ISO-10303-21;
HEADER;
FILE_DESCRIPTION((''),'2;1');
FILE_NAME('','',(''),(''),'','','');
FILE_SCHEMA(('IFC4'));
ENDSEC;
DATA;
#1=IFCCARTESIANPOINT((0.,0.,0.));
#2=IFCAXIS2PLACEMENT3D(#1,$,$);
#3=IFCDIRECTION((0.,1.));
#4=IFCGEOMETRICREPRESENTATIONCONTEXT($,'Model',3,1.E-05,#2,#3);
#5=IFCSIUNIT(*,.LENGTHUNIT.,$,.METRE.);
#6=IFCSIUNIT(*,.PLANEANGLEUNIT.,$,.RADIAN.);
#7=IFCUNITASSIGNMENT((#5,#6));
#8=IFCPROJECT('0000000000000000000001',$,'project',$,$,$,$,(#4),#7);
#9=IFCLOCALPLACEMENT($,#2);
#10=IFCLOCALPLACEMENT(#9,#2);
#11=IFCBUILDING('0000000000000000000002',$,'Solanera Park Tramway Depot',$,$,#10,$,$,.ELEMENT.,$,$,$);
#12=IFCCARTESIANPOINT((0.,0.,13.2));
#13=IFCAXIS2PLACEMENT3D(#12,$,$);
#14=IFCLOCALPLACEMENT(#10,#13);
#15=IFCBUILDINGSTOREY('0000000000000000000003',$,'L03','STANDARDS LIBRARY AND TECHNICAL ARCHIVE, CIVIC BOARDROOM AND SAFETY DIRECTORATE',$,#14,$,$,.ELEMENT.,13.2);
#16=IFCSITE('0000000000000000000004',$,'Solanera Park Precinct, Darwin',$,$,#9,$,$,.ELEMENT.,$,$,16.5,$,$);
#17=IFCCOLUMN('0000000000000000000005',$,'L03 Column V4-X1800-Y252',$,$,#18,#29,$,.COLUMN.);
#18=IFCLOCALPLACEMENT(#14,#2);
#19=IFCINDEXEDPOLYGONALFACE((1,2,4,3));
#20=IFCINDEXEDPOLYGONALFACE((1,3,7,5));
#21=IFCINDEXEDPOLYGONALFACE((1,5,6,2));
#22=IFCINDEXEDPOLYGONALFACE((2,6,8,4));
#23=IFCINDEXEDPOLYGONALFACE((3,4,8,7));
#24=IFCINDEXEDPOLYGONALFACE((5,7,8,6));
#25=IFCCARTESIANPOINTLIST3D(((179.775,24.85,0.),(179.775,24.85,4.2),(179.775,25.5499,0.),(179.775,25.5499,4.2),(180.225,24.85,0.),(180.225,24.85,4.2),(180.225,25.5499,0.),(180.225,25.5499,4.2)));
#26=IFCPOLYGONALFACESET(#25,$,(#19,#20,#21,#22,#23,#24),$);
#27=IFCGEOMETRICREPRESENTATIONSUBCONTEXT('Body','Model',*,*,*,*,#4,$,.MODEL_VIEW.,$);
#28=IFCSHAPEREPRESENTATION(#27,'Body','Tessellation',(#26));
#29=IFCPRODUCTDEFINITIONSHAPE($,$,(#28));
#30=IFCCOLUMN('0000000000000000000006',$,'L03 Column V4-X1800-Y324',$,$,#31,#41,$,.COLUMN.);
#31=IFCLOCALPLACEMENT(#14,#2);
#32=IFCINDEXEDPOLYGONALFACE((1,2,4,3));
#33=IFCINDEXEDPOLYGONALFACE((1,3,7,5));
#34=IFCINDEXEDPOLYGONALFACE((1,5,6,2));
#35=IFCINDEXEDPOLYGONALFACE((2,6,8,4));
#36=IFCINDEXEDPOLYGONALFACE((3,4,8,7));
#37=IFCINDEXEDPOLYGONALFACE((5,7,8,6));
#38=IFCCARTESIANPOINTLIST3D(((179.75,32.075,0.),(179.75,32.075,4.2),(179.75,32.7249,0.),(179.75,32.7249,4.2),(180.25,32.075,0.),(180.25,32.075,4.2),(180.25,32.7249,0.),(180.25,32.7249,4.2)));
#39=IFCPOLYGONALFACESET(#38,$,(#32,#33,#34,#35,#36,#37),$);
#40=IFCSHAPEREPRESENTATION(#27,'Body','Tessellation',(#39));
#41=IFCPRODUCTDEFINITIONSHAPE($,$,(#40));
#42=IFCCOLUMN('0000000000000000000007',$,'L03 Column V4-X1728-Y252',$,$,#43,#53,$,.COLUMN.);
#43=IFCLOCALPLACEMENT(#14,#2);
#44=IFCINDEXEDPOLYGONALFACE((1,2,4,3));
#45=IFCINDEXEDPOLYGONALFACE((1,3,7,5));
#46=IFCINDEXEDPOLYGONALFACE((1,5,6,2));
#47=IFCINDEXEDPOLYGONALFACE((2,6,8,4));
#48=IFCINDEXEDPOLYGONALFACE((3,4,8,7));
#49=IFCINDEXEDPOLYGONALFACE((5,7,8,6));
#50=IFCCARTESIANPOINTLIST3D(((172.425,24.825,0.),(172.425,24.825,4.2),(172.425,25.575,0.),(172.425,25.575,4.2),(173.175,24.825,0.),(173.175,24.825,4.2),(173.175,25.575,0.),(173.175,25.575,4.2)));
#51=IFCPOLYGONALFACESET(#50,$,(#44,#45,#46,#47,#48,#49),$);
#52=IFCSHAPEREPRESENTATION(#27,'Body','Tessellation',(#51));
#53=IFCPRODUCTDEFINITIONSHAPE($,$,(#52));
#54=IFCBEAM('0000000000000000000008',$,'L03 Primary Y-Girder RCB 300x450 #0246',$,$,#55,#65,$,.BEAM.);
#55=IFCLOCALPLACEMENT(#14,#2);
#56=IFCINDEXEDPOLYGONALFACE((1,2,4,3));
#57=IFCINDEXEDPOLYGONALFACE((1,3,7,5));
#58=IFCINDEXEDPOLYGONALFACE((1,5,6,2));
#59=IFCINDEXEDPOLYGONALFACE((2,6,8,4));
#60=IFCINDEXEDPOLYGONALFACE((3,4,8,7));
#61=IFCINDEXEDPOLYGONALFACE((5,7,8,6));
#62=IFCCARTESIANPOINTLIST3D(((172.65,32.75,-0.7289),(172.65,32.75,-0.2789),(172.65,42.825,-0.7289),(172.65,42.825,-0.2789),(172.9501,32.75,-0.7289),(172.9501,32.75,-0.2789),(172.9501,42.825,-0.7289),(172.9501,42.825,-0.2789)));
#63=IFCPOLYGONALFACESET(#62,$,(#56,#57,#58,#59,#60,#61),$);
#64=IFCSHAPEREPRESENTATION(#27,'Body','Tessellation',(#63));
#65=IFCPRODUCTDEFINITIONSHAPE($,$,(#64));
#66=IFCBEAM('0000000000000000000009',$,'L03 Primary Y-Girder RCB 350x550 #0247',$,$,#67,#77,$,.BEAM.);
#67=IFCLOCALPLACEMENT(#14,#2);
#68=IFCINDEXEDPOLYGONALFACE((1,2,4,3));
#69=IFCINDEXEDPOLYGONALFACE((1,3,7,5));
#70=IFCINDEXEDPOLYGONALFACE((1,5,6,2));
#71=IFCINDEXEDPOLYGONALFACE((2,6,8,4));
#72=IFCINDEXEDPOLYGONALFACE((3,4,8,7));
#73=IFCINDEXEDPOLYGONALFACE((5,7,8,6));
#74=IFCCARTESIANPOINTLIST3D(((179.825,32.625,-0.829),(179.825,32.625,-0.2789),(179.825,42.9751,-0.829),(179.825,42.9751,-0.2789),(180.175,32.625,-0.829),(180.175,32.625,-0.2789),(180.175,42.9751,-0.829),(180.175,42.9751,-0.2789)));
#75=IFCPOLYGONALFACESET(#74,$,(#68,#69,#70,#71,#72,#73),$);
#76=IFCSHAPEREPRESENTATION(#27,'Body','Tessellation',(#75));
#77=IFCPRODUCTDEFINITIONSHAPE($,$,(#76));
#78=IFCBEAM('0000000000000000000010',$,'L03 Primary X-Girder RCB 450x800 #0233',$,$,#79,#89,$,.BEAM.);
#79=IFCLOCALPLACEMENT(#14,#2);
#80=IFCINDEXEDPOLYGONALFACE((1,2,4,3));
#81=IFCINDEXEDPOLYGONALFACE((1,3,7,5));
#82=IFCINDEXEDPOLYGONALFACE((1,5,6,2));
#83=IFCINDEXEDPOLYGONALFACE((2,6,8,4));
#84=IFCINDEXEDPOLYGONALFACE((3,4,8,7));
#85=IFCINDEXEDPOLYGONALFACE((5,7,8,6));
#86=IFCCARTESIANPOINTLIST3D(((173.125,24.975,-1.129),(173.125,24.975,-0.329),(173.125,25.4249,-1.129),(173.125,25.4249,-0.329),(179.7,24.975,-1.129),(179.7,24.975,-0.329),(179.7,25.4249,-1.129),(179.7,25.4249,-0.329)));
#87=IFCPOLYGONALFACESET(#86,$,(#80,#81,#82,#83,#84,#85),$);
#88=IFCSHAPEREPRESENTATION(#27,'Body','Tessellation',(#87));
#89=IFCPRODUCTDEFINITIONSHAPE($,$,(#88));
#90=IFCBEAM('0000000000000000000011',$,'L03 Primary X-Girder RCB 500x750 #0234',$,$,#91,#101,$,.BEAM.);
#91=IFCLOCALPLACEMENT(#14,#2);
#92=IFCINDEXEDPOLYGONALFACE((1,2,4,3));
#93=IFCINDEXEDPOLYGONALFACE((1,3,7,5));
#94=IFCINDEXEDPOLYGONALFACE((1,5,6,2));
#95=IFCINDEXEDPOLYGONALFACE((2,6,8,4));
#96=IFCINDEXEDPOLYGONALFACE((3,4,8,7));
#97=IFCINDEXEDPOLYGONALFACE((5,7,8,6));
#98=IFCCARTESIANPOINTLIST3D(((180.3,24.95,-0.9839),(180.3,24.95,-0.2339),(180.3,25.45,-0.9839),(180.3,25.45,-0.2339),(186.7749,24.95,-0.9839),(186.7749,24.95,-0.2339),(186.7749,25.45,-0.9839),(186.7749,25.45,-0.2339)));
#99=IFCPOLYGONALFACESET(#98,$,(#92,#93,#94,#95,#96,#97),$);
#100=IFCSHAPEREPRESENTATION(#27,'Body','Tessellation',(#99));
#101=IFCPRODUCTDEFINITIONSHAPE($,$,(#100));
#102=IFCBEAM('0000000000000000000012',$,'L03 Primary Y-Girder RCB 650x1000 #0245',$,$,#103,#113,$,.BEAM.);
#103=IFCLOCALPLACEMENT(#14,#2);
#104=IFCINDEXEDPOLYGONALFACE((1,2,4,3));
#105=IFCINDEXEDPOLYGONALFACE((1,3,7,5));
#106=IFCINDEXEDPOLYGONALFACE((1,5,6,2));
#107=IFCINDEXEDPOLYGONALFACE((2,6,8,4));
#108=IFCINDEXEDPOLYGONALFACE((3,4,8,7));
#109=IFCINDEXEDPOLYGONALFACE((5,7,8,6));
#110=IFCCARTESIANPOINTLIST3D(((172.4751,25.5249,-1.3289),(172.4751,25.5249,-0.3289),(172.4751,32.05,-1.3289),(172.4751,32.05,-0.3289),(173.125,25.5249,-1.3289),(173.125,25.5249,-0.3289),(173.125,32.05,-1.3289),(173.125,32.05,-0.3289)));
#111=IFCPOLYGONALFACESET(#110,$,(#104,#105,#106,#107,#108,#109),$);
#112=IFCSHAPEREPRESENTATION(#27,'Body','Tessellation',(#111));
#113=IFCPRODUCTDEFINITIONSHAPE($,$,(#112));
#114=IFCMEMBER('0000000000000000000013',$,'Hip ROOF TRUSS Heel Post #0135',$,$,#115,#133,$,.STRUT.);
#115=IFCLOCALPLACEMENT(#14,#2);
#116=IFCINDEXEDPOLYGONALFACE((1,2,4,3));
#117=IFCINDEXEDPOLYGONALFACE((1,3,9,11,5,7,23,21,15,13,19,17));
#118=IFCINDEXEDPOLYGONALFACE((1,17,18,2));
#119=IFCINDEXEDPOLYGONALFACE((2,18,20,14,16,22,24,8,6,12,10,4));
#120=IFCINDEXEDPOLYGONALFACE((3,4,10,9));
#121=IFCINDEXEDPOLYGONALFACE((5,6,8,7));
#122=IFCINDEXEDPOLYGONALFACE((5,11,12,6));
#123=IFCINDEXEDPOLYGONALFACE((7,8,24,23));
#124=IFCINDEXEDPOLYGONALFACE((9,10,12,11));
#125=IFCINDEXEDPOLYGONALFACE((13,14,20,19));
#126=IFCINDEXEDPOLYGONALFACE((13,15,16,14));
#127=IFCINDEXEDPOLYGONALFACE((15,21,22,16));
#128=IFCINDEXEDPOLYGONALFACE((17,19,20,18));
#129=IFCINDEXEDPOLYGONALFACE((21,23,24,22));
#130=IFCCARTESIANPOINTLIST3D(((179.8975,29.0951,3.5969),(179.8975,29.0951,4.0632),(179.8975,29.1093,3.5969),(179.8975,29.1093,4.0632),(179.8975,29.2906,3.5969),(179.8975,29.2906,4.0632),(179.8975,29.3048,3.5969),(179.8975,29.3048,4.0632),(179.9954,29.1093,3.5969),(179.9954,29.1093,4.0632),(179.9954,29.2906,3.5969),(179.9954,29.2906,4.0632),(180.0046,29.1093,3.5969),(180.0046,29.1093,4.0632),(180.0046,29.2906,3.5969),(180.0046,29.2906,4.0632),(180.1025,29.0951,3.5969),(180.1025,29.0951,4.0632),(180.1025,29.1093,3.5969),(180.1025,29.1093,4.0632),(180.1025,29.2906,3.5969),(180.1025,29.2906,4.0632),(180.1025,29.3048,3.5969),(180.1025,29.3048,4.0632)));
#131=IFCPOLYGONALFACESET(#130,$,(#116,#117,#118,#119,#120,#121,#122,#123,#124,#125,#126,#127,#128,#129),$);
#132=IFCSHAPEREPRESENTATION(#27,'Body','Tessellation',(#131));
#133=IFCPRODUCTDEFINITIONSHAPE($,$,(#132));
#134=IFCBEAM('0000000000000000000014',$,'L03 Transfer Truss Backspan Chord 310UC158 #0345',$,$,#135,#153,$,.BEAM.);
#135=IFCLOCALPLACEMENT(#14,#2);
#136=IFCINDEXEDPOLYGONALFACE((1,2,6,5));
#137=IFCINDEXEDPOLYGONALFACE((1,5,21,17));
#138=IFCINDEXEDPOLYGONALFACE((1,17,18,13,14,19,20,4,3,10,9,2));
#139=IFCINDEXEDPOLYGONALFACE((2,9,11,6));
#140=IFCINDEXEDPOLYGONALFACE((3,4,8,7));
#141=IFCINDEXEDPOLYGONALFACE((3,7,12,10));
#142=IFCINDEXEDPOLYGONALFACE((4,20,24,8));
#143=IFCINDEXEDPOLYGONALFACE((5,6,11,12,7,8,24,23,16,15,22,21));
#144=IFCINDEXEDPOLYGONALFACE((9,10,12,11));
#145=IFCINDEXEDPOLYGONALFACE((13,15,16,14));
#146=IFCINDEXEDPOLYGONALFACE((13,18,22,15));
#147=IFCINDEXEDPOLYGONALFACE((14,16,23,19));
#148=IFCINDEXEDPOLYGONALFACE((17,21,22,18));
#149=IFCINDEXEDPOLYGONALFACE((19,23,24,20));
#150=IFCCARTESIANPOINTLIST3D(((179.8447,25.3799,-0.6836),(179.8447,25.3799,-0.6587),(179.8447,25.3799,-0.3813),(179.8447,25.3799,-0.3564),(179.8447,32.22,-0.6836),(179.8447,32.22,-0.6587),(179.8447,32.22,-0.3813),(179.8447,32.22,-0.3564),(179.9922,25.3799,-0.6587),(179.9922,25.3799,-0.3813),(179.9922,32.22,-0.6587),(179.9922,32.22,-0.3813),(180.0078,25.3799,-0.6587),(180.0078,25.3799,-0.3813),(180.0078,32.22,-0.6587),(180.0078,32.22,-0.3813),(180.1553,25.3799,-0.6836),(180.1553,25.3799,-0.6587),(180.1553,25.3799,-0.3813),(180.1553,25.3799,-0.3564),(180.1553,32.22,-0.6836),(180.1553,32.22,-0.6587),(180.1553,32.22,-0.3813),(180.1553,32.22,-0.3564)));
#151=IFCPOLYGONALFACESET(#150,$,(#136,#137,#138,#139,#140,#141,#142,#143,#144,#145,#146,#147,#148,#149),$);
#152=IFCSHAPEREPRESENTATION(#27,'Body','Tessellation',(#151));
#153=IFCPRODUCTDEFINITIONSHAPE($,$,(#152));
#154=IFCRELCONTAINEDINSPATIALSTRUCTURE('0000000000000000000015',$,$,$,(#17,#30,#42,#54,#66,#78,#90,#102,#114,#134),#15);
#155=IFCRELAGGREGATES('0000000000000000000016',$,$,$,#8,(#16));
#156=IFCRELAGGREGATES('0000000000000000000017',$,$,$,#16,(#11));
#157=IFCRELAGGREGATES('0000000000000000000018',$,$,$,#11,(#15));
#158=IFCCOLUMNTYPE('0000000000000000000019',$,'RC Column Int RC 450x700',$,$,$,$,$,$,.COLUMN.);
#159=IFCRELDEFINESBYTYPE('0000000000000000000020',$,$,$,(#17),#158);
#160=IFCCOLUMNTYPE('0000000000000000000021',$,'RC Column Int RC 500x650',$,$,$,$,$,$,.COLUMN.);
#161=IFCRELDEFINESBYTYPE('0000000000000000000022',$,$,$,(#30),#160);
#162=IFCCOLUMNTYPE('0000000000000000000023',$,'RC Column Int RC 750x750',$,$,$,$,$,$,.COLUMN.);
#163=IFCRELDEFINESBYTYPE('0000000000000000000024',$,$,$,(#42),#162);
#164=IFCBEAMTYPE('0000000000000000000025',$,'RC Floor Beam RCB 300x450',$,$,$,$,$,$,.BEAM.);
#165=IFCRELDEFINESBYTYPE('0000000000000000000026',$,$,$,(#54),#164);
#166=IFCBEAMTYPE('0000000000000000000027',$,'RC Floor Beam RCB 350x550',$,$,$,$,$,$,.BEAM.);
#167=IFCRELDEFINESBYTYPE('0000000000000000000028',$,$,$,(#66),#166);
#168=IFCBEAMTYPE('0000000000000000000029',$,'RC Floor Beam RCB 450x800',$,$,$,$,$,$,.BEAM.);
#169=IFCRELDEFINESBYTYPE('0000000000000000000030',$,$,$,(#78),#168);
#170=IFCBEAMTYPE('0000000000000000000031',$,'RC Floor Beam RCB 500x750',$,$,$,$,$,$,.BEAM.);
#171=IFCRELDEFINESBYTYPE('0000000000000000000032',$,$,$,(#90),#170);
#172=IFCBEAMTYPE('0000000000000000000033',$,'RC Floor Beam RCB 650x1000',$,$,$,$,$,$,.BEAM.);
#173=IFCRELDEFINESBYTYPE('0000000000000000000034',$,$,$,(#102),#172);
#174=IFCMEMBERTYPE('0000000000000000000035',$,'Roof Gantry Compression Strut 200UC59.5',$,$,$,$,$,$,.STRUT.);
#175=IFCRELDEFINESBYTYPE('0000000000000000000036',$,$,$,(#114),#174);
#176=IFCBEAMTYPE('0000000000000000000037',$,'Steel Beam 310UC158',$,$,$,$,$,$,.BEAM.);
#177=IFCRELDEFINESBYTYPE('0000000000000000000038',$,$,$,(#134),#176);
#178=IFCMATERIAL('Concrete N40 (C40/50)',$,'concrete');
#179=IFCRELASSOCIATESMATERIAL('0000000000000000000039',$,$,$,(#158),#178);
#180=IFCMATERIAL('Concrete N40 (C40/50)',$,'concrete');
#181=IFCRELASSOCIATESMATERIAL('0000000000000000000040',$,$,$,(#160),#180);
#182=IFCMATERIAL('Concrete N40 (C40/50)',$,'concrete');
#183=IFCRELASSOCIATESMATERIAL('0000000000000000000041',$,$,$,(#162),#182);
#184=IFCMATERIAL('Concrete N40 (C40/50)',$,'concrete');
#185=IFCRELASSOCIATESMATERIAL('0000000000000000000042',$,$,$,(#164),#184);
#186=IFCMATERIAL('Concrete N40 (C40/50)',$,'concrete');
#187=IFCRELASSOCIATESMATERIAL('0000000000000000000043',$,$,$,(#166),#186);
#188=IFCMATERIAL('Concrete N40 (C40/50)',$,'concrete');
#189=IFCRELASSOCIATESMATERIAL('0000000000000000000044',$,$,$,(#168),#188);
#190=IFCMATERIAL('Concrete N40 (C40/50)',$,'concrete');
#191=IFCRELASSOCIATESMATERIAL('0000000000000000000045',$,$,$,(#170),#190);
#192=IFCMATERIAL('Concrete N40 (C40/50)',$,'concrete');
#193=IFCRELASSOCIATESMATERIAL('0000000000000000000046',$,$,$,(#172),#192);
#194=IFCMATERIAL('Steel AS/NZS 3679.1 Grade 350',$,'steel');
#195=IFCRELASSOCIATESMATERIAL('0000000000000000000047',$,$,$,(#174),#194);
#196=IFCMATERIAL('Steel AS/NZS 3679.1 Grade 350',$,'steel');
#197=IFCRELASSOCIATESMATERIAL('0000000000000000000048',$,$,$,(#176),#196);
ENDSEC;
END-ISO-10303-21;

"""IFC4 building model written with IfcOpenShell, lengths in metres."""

from ifc_helpers import new_model, si_unit, direction, frame, origin, origin_2d, place, context, subcontext, project, spatial, rectangle, i_section, extrude, material, material_profile, profile_set, type_object, element, save


model = new_model("IFC4")

# Units and contexts
model_context = context("Model", 3, precision=1e-05, world=origin(), true_north=direction((0.0, 1.0)))
body_context = subcontext(model_context, "Body", "Model", "MODEL_VIEW")
ifc_project = project(units=[si_unit("LENGTHUNIT", "METRE"), si_unit("PLANEANGLEUNIT", "RADIAN")], contexts=[model_context])

# Site, building, storey
site_placement = place(None, origin())
site = spatial("IfcSite", under=ifc_project, at=site_placement, Name="Solanera Park Precinct, Darwin", CompositionType="ELEMENT", RefElevation=16.5)
building_placement = place(site_placement, origin())
building = spatial("IfcBuilding", under=site, at=building_placement, Name="Solanera Park Tramway Depot", CompositionType="ELEMENT")
storey_placement = place(building_placement, frame((0.0, 0.0, 13.2)))
storey = spatial("IfcBuildingStorey", under=building, at=storey_placement, Name="L03", Description="STANDARDS LIBRARY AND TECHNICAL ARCHIVE, CIVIC BOARDROOM AND SAFETY DIRECTORATE", CompositionType="ELEMENT", Elevation=13.2)

# Columns
ifc_material_1 = material(Name="Concrete N40 (C40/50)", Category="concrete")
ifc_material_profile_1 = material_profile(ifc_material_1, rectangle(XDim=0.45, YDim=0.7, at=origin_2d()), Name="RC 450x700")
ifc_profile_set_1 = profile_set([ifc_material_profile_1], Name="Concrete N40 (C40/50)")
column_type_1 = type_object("IfcColumnType", Name="RC Column Int RC 450x700", PredefinedType="COLUMN", material=ifc_profile_set_1)
column_1_placement = place(storey_placement, frame((180.0, 25.2, 0.0), z_axis=(0.0, 0.0, 1.0), x_axis=(1.0, 0.0, 0.0)))
element("IfcColumn", 1, at=column_1_placement, inside=storey, type_object=column_type_1, Name="L03 Column V4-X1800-Y252", PredefinedType="COLUMN", context=body_context, shape_type="SweptSolid", body=[
    extrude(rectangle(XDim=0.45, YDim=0.7, at=origin_2d()), origin(), (0.0, 0.0, 1.0), 4.2),
])
ifc_material_2 = material(Name="Concrete N40 (C40/50)", Category="concrete")
ifc_material_profile_2 = material_profile(ifc_material_2, rectangle(XDim=0.5, YDim=0.6499, at=origin_2d()), Name="RC 500x650")
ifc_profile_set_2 = profile_set([ifc_material_profile_2], Name="Concrete N40 (C40/50)")
column_type_2 = type_object("IfcColumnType", Name="RC Column Int RC 500x650", PredefinedType="COLUMN", material=ifc_profile_set_2)
column_2_placement = place(storey_placement, frame((180.0, 32.3999, 0.0), z_axis=(0.0, 0.0, 1.0), x_axis=(1.0, 0.0, 0.0)))
element("IfcColumn", 2, at=column_2_placement, inside=storey, type_object=column_type_2, Name="L03 Column V4-X1800-Y324", PredefinedType="COLUMN", context=body_context, shape_type="SweptSolid", body=[
    extrude(rectangle(XDim=0.5, YDim=0.6499, at=origin_2d()), origin(), (0.0, 0.0, 1.0), 4.2),
])
ifc_material_3 = material(Name="Concrete N40 (C40/50)", Category="concrete")
ifc_material_profile_3 = material_profile(ifc_material_3, rectangle(XDim=0.75, YDim=0.75, at=origin_2d()), Name="RC 750x750")
ifc_profile_set_3 = profile_set([ifc_material_profile_3], Name="Concrete N40 (C40/50)")
column_type_3 = type_object("IfcColumnType", Name="RC Column Int RC 750x750", PredefinedType="COLUMN", material=ifc_profile_set_3)
column_3_placement = place(storey_placement, frame((172.8, 25.2, 0.0), z_axis=(0.0, 0.0, 1.0), x_axis=(1.0, 0.0, 0.0)))
element("IfcColumn", 3, at=column_3_placement, inside=storey, type_object=column_type_3, Name="L03 Column V4-X1728-Y252", PredefinedType="COLUMN", context=body_context, shape_type="SweptSolid", body=[
    extrude(rectangle(XDim=0.75, YDim=0.75, at=origin_2d()), origin(), (0.0, 0.0, 1.0), 4.2),
])

# Beams
ifc_material_4 = material(Name="Concrete N40 (C40/50)", Category="concrete")
ifc_material_profile_4 = material_profile(ifc_material_4, rectangle(XDim=0.3, YDim=0.45, at=origin_2d()), Name="RCB 300x450")
ifc_profile_set_4 = profile_set([ifc_material_profile_4], Name="Concrete N40 (C40/50)")
beam_type_1 = type_object("IfcBeamType", Name="RC Floor Beam RCB 300x450", PredefinedType="BEAM", material=ifc_profile_set_4)
beam_1_placement = place(storey_placement, frame((172.8, 32.75, -0.5039), z_axis=(0.0, 1.0, 0.0), x_axis=(-1.0, 0.0, 0.0)))
element("IfcBeam", 4, at=beam_1_placement, inside=storey, type_object=beam_type_1, Name="L03 Primary Y-Girder RCB 300x450 #0246", PredefinedType="BEAM", context=body_context, shape_type="SweptSolid", body=[
    extrude(rectangle(XDim=0.3, YDim=0.45, at=origin_2d()), origin(), (0.0, 0.0, 1.0), 10.075),
])
ifc_material_5 = material(Name="Concrete N40 (C40/50)", Category="concrete")
ifc_material_profile_5 = material_profile(ifc_material_5, rectangle(XDim=0.3501, YDim=0.55, at=origin_2d()), Name="RCB 350x550")
ifc_profile_set_5 = profile_set([ifc_material_profile_5], Name="Concrete N40 (C40/50)")
beam_type_2 = type_object("IfcBeamType", Name="RC Floor Beam RCB 350x550", PredefinedType="BEAM", material=ifc_profile_set_5)
beam_2_placement = place(storey_placement, frame((180.0, 32.625, -0.554), z_axis=(0.0, 1.0, 0.0), x_axis=(-1.0, 0.0, 0.0)))
element("IfcBeam", 5, at=beam_2_placement, inside=storey, type_object=beam_type_2, Name="L03 Primary Y-Girder RCB 350x550 #0247", PredefinedType="BEAM", context=body_context, shape_type="SweptSolid", body=[
    extrude(rectangle(XDim=0.3501, YDim=0.55, at=origin_2d()), origin(), (0.0, 0.0, 1.0), 10.3501),
])
ifc_material_6 = material(Name="Concrete N40 (C40/50)", Category="concrete")
ifc_material_profile_6 = material_profile(ifc_material_6, rectangle(XDim=0.45, YDim=0.8, at=origin_2d()), Name="RCB 450x800")
ifc_profile_set_6 = profile_set([ifc_material_profile_6], Name="Concrete N40 (C40/50)")
beam_type_3 = type_object("IfcBeamType", Name="RC Floor Beam RCB 450x800", PredefinedType="BEAM", material=ifc_profile_set_6)
beam_3_placement = place(storey_placement, frame((173.125, 25.2, -0.729), z_axis=(1.0, 0.0, 0.0), x_axis=(0.0, 1.0, 0.0)))
element("IfcBeam", 6, at=beam_3_placement, inside=storey, type_object=beam_type_3, Name="L03 Primary X-Girder RCB 450x800 #0233", PredefinedType="BEAM", context=body_context, shape_type="SweptSolid", body=[
    extrude(rectangle(XDim=0.45, YDim=0.8, at=origin_2d()), origin(), (0.0, 0.0, 1.0), 6.575),
])
ifc_material_7 = material(Name="Concrete N40 (C40/50)", Category="concrete")
ifc_material_profile_7 = material_profile(ifc_material_7, rectangle(XDim=0.5, YDim=0.75, at=origin_2d()), Name="RCB 500x750")
ifc_profile_set_7 = profile_set([ifc_material_profile_7], Name="Concrete N40 (C40/50)")
beam_type_4 = type_object("IfcBeamType", Name="RC Floor Beam RCB 500x750", PredefinedType="BEAM", material=ifc_profile_set_7)
beam_4_placement = place(storey_placement, frame((180.3, 25.2, -0.6089), z_axis=(1.0, 0.0, 0.0), x_axis=(0.0, 1.0, 0.0)))
element("IfcBeam", 7, at=beam_4_placement, inside=storey, type_object=beam_type_4, Name="L03 Primary X-Girder RCB 500x750 #0234", PredefinedType="BEAM", context=body_context, shape_type="SweptSolid", body=[
    extrude(rectangle(XDim=0.5, YDim=0.75, at=origin_2d()), origin(), (0.0, 0.0, 1.0), 6.4749),
])
ifc_material_8 = material(Name="Concrete N40 (C40/50)", Category="concrete")
ifc_material_profile_8 = material_profile(ifc_material_8, rectangle(XDim=0.6499, YDim=1.0, at=origin_2d()), Name="RCB 650x1000")
ifc_profile_set_8 = profile_set([ifc_material_profile_8], Name="Concrete N40 (C40/50)")
beam_type_5 = type_object("IfcBeamType", Name="RC Floor Beam RCB 650x1000", PredefinedType="BEAM", material=ifc_profile_set_8)
beam_5_placement = place(storey_placement, frame((172.8, 25.5249, -0.8289), z_axis=(0.0, 1.0, 0.0), x_axis=(-1.0, 0.0, 0.0)))
element("IfcBeam", 8, at=beam_5_placement, inside=storey, type_object=beam_type_5, Name="L03 Primary Y-Girder RCB 650x1000 #0245", PredefinedType="BEAM", context=body_context, shape_type="SweptSolid", body=[
    extrude(rectangle(XDim=0.6499, YDim=1.0, at=origin_2d()), origin(), (0.0, 0.0, 1.0), 6.5251),
])

# Member
ifc_material_9 = material(Name="Steel AS/NZS 3679.1 Grade 350", Category="steel")
ifc_material_profile_9 = material_profile(ifc_material_9, i_section(OverallWidth=0.2051, OverallDepth=0.2097, WebThickness=0.0093, FlangeThickness=0.0142, at=origin_2d()), Name="200UC59.5")
ifc_profile_set_9 = profile_set([ifc_material_profile_9], Name="Steel AS/NZS 3679.1 Grade 350")
member_type_1 = type_object("IfcMemberType", Name="Roof Gantry Compression Strut 200UC59.5", PredefinedType="STRUT", material=ifc_profile_set_9)
member_1_placement = place(storey_placement, frame((180.0, 29.2, 3.5969), z_axis=(0.0, 0.0, 1.0), x_axis=(1.0, 0.0, 0.0)))
element("IfcMember", 9, at=member_1_placement, inside=storey, type_object=member_type_1, Name="Hip ROOF TRUSS Heel Post #0135", PredefinedType="STRUT", context=body_context, shape_type="SweptSolid", body=[
    extrude(i_section(OverallWidth=0.2051, OverallDepth=0.2097, WebThickness=0.0093, FlangeThickness=0.0142, at=origin_2d()), origin(), (0.0, 0.0, 1.0), 0.4663),
])

# Beam
ifc_material_10 = material(Name="Steel AS/NZS 3679.1 Grade 350", Category="steel")
ifc_material_profile_10 = material_profile(ifc_material_10, i_section(OverallWidth=0.3105, OverallDepth=0.3271, WebThickness=0.0156, FlangeThickness=0.0249, at=origin_2d()), Name="310UC158")
ifc_profile_set_10 = profile_set([ifc_material_profile_10], Name="Steel AS/NZS 3679.1 Grade 350")
beam_type_6 = type_object("IfcBeamType", Name="Steel Beam 310UC158", PredefinedType="BEAM", material=ifc_profile_set_10)
beam_6_placement = place(storey_placement, frame((180.0, 25.3799, -0.52), z_axis=(0.0, 1.0, 0.0), x_axis=(-1.0, 0.0, 0.0)))
element("IfcBeam", 10, at=beam_6_placement, inside=storey, type_object=beam_type_6, Name="L03 Transfer Truss Backspan Chord 310UC158 #0345", PredefinedType="BEAM", context=body_context, shape_type="SweptSolid", body=[
    extrude(i_section(OverallWidth=0.3105, OverallDepth=0.3271, WebThickness=0.0156, FlangeThickness=0.0249, at=origin_2d()), origin(), (0.0, 0.0, 1.0), 6.8401),
])

save(model, "model.ifc")
